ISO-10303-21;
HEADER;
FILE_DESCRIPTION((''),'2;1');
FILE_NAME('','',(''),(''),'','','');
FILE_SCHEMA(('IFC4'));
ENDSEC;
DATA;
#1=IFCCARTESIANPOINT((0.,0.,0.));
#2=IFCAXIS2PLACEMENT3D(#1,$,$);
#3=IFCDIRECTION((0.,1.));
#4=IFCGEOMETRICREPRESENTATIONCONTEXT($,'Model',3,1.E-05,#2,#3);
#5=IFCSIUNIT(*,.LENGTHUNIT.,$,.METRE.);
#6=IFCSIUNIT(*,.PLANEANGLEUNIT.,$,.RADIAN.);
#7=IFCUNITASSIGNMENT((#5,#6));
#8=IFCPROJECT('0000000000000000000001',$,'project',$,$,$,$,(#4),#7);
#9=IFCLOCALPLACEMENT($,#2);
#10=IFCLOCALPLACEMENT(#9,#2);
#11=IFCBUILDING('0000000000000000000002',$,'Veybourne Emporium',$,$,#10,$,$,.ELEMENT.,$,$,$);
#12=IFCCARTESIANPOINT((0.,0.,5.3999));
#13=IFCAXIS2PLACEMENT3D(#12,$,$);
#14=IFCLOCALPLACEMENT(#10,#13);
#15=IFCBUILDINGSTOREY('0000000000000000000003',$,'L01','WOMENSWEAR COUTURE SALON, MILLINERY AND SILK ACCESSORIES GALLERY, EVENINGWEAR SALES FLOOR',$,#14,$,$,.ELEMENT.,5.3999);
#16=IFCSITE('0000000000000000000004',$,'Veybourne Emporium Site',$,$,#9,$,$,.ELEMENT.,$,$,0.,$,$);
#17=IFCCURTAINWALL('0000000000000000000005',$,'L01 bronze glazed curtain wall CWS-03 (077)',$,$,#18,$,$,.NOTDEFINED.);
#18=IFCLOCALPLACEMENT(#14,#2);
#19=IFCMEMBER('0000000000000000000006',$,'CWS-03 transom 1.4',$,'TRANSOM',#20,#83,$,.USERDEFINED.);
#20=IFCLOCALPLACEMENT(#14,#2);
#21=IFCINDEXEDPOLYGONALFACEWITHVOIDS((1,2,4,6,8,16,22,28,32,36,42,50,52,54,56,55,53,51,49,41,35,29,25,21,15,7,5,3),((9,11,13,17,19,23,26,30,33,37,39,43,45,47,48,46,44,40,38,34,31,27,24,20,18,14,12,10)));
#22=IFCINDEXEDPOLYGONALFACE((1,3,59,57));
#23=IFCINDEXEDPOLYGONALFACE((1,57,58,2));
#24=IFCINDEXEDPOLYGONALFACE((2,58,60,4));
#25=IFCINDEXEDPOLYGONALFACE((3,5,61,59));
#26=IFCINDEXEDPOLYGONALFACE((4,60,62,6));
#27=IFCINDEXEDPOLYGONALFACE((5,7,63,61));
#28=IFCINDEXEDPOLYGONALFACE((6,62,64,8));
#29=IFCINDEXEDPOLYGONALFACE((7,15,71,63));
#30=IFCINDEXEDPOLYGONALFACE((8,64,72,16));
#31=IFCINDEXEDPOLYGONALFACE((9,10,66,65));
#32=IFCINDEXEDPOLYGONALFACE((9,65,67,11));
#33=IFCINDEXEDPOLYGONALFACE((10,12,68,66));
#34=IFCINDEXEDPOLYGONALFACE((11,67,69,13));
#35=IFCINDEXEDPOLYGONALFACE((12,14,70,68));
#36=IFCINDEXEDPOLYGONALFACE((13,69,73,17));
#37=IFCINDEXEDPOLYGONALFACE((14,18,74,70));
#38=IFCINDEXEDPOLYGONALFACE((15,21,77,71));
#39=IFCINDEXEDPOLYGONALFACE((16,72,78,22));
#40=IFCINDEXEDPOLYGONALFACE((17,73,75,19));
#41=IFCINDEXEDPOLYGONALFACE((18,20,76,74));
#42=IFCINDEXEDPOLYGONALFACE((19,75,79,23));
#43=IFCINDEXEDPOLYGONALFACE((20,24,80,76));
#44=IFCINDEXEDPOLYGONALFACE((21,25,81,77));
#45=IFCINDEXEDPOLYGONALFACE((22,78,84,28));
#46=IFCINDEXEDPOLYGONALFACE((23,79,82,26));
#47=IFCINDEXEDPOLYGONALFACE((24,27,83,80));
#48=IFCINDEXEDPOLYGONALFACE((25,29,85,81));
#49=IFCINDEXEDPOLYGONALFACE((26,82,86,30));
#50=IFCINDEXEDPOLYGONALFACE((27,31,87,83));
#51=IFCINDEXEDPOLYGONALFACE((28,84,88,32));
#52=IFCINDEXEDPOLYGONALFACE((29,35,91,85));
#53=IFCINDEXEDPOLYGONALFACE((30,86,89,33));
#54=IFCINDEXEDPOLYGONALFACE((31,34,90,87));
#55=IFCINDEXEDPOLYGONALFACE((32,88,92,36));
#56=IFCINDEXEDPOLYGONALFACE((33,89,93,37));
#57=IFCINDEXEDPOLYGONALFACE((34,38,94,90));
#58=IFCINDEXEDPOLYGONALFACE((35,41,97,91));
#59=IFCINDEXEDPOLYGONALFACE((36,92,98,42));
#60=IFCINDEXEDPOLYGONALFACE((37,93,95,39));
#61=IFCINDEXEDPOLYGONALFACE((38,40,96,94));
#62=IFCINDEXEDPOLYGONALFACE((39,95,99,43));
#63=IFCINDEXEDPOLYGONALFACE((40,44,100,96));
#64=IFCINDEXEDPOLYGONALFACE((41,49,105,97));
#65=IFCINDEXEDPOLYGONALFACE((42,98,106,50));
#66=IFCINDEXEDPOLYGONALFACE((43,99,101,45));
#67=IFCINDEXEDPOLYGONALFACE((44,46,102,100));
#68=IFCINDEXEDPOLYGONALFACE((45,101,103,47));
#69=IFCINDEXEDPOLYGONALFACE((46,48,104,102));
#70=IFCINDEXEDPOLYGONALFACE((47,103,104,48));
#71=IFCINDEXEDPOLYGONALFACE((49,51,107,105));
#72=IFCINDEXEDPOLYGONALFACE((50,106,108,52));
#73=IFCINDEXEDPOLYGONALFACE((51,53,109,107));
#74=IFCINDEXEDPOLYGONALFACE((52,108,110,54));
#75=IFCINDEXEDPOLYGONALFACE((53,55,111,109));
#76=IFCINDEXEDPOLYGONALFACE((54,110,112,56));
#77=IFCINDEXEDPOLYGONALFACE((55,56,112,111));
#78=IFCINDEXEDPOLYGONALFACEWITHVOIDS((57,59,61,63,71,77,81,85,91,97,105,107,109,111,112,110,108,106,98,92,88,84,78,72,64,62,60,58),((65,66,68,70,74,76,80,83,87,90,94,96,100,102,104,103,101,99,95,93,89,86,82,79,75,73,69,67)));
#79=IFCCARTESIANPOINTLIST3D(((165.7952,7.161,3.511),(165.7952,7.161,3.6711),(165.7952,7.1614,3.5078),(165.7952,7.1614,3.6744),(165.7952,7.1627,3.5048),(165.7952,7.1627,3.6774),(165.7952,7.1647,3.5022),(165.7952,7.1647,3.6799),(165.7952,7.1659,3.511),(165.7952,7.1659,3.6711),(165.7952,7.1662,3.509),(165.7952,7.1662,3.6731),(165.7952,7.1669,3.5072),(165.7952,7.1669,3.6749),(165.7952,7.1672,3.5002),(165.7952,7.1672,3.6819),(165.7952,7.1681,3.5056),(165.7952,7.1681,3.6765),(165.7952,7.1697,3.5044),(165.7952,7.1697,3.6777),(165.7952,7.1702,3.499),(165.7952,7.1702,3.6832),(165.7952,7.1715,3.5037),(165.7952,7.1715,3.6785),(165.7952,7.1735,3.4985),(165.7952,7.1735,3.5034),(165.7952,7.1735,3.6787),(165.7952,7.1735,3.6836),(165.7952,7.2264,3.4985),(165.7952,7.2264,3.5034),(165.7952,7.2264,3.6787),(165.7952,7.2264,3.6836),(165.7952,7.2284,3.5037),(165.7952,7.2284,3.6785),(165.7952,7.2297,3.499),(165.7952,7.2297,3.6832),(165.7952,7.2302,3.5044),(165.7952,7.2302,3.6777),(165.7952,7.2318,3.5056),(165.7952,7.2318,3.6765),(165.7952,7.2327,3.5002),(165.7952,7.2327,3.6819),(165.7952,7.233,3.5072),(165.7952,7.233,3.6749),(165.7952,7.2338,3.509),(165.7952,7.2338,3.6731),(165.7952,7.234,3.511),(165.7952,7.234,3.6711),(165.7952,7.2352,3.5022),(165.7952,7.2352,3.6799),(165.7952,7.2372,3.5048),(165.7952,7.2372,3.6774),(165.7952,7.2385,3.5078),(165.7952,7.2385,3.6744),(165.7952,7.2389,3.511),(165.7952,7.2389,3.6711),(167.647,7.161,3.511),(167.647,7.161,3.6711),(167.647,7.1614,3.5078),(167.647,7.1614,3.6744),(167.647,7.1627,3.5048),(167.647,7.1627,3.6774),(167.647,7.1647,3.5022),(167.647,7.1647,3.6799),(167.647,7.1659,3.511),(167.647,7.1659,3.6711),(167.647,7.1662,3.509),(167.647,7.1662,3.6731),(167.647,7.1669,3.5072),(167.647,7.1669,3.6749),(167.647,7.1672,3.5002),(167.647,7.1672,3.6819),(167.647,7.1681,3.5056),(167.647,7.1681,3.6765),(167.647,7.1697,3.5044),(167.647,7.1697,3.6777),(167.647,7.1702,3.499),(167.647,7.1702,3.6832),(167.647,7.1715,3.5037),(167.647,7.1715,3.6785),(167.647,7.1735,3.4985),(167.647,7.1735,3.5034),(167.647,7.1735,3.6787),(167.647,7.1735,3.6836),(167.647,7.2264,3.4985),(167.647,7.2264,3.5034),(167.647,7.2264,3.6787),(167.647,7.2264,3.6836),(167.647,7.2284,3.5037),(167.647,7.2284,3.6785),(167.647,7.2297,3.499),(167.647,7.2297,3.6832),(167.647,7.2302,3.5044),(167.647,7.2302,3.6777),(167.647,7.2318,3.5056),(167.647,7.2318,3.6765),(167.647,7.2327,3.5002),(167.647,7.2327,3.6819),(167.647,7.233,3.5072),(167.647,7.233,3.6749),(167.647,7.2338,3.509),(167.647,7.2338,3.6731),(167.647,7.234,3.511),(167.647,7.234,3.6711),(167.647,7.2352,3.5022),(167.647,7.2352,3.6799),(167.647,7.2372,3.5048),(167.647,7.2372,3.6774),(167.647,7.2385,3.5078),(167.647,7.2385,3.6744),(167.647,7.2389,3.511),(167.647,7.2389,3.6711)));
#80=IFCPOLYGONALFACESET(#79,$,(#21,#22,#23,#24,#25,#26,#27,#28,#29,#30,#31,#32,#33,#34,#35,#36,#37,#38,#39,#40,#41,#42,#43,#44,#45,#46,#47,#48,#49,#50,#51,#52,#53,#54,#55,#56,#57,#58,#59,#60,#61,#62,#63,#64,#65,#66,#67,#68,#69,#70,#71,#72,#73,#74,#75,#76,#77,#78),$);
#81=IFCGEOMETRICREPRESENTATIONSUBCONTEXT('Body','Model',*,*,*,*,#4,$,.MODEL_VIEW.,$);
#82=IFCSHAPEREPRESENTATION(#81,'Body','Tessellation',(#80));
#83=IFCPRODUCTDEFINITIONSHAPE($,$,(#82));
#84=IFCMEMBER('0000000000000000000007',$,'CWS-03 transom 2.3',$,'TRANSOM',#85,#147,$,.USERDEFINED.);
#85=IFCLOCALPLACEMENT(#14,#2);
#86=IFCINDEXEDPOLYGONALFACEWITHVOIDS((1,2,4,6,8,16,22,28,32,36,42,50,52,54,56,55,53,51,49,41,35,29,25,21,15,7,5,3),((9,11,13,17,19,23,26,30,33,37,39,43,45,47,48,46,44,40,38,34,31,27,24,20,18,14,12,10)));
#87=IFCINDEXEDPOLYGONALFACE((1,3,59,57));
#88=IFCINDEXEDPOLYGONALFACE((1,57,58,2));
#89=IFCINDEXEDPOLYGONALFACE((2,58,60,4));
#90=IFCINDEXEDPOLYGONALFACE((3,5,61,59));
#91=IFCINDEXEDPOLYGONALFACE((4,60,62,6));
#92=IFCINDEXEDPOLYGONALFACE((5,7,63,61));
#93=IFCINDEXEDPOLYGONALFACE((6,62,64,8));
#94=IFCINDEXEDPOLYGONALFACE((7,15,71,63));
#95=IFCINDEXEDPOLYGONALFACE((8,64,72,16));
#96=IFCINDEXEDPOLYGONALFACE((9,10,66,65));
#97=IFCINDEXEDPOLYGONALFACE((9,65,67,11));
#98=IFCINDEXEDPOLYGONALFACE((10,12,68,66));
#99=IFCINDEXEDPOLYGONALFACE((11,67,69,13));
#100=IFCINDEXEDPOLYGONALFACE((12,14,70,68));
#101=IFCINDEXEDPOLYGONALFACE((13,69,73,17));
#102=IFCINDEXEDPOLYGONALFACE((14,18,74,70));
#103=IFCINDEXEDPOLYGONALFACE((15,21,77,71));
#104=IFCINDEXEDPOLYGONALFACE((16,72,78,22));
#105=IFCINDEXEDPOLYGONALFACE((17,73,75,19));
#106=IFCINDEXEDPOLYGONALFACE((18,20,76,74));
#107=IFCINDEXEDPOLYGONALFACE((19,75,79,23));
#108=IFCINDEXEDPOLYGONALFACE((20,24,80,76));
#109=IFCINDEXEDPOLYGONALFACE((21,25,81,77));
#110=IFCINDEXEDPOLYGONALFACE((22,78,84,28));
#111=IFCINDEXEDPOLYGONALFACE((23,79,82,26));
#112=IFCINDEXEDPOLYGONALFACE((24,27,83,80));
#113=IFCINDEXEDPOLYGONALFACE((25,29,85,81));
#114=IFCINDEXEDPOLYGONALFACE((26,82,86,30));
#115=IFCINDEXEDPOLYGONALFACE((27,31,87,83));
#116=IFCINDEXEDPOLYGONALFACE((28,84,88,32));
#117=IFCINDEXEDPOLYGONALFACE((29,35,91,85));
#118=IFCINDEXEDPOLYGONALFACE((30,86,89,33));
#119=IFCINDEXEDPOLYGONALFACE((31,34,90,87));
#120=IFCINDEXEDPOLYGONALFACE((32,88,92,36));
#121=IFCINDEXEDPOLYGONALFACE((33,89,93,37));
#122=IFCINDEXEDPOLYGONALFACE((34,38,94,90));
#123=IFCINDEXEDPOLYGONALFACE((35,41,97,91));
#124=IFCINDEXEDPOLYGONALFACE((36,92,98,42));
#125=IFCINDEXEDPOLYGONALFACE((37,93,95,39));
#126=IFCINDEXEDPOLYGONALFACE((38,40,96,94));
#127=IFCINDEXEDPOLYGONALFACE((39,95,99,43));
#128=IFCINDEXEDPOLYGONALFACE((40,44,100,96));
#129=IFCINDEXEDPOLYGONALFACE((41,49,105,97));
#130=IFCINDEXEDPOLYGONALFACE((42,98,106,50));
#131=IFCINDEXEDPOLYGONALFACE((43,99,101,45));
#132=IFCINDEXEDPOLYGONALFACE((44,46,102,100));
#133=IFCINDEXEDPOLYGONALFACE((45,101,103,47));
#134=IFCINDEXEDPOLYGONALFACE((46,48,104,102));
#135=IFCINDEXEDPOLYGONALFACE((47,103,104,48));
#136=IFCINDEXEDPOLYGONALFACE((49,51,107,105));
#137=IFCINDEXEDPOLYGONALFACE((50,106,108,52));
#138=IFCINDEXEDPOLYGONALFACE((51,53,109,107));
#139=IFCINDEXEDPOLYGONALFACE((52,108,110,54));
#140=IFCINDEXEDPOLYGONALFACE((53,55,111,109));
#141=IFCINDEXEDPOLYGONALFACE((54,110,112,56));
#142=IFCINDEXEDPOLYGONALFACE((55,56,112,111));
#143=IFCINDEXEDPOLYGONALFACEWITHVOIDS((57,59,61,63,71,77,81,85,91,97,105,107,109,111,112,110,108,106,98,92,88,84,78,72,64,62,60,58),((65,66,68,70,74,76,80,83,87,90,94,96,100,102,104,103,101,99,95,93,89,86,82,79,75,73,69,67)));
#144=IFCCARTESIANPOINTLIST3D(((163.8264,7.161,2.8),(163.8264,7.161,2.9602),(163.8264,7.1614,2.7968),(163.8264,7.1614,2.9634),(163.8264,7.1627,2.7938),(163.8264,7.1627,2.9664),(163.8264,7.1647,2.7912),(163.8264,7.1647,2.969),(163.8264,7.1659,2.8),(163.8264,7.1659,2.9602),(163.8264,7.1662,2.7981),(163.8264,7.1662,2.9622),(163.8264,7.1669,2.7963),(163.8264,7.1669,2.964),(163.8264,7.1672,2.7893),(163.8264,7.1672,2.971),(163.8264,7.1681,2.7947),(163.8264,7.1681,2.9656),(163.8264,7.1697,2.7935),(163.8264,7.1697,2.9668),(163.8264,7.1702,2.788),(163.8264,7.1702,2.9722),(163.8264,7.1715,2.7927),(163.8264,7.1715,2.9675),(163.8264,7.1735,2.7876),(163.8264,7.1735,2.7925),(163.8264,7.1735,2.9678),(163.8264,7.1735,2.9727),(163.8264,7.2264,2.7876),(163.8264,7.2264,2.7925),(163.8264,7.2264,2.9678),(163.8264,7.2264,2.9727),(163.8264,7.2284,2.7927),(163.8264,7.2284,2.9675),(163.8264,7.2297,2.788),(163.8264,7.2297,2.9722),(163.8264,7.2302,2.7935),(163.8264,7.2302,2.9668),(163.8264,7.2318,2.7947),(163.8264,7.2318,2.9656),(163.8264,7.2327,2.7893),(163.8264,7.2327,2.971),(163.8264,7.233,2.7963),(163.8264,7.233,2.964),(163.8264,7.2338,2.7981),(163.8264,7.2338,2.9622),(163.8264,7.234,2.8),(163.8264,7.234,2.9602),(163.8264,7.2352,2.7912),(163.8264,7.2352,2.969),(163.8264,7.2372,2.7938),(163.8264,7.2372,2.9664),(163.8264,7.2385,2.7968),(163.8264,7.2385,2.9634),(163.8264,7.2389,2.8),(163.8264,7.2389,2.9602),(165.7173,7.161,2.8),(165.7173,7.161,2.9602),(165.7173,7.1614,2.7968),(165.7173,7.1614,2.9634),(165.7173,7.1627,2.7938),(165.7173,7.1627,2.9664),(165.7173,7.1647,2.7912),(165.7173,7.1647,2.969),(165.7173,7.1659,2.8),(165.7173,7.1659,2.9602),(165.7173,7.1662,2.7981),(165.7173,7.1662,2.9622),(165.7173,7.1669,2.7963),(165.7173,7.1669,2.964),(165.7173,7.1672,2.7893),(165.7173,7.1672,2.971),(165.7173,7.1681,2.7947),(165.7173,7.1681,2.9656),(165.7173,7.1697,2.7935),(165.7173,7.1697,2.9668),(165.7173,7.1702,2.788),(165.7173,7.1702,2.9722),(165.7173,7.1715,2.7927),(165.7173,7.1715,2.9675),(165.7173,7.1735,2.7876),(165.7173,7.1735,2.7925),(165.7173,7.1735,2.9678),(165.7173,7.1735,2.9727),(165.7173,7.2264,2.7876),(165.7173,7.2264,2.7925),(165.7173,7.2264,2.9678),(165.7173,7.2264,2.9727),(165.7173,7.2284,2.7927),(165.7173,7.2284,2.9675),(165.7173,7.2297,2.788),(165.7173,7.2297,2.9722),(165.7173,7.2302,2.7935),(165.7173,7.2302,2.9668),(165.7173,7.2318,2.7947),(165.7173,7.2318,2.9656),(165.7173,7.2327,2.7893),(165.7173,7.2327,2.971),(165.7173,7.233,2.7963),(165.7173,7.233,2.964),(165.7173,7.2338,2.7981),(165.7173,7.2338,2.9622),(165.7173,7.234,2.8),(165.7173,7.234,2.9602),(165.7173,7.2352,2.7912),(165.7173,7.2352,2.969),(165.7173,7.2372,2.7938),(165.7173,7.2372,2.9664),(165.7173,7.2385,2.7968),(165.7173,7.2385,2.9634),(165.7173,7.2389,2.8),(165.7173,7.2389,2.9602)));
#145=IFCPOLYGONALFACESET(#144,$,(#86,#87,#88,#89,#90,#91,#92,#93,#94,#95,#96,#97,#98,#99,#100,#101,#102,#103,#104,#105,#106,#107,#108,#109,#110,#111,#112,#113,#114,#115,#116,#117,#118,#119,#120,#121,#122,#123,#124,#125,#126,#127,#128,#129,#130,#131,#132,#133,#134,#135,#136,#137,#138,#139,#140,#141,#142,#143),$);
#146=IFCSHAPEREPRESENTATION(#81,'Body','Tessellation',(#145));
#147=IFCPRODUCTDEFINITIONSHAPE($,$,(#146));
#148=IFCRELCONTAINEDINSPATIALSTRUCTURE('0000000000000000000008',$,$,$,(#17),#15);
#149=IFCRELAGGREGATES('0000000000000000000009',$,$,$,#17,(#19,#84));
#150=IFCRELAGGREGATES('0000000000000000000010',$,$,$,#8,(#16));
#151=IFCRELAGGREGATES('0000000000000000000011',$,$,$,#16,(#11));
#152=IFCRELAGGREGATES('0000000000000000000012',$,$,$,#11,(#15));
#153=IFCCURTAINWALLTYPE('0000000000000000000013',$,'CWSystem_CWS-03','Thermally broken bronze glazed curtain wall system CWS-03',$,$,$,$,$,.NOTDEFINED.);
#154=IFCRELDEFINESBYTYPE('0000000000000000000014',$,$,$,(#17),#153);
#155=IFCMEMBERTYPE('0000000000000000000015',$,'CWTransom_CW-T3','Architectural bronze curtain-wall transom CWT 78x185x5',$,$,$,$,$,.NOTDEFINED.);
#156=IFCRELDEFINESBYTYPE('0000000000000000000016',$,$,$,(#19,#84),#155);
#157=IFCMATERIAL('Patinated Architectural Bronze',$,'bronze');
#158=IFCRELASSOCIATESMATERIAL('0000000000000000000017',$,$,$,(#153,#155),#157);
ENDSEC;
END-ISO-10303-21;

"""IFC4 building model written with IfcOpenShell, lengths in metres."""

from ifc_helpers import new_model, si_unit, direction, frame, origin, origin_2d, place, context, subcontext, project, spatial, hollow_rectangle, extrude, material, material_profile, profile_set, type_object, element, aggregate, save


model = new_model("IFC4")

# Units and contexts
model_context = context("Model", 3, precision=1e-05, world=origin(), true_north=direction((0.0, 1.0)))
body_context = subcontext(model_context, "Body", "Model", "MODEL_VIEW")
ifc_project = project(units=[si_unit("LENGTHUNIT", "METRE"), si_unit("PLANEANGLEUNIT", "RADIAN")], contexts=[model_context])

# Site, building, storey
site_placement = place(None, origin())
site = spatial("IfcSite", under=ifc_project, at=site_placement, Name="Veybourne Emporium Site", CompositionType="ELEMENT", RefElevation=0.0)
building_placement = place(site_placement, origin())
building = spatial("IfcBuilding", under=site, at=building_placement, Name="Veybourne Emporium", CompositionType="ELEMENT")
storey_placement = place(building_placement, frame((0.0, 0.0, 5.3999)))
storey = spatial("IfcBuildingStorey", under=building, at=storey_placement, Name="L01", Description="WOMENSWEAR COUTURE SALON, MILLINERY AND SILK ACCESSORIES GALLERY, EVENINGWEAR SALES FLOOR", CompositionType="ELEMENT", Elevation=5.3999)

# Curtain wall
ifc_material_1 = material(Name="Patinated Architectural Bronze", Category="bronze")
curtain_wall_type_1 = type_object("IfcCurtainWallType", Name="CWSystem_CWS-03", Description="Thermally broken bronze glazed curtain wall system CWS-03", PredefinedType="NOTDEFINED", material=ifc_material_1)
curtain_wall_1_placement = place(storey_placement, origin())
curtain_wall_1 = element("IfcCurtainWall", 1, at=curtain_wall_1_placement, inside=storey, type_object=curtain_wall_type_1, Name="L01 bronze glazed curtain wall CWS-03 (077)", PredefinedType="NOTDEFINED")

# Members
ifc_material_profile_1 = material_profile(ifc_material_1, hollow_rectangle(XDim=0.0779, YDim=0.1851, WallThickness=0.0049, InnerFilletRadius=0.0076, OuterFilletRadius=0.0125, at=origin_2d()), Name="CWT 78x185x5")
ifc_profile_set_1 = profile_set([ifc_material_profile_1], Name="Patinated Architectural Bronze")
member_type_1 = type_object("IfcMemberType", Name="CWTransom_CW-T3", Description="Architectural bronze curtain-wall transom CWT 78x185x5", PredefinedType="NOTDEFINED", material=ifc_profile_set_1)
member_1_placement = place(storey_placement, frame((167.647, 7.2, 3.5911), z_axis=(-1.0, 0.0, 0.0), x_axis=(0.0, -1.0, 0.0)))
member_1 = element("IfcMember", 2, at=member_1_placement, type_object=member_type_1, Name="CWS-03 transom 1.4", ObjectType="TRANSOM", PredefinedType="USERDEFINED", context=body_context, shape_type="SweptSolid", body=[
    extrude(hollow_rectangle(XDim=0.0779, YDim=0.1851, WallThickness=0.0049, InnerFilletRadius=0.0076, OuterFilletRadius=0.0125, at=origin_2d()), origin(), (0.0, 0.0, 1.0), 1.8518),
])
member_2_placement = place(storey_placement, frame((165.7173, 7.2, 2.8801), z_axis=(-1.0, 0.0, 0.0), x_axis=(0.0, -1.0, 0.0)))
member_2 = element("IfcMember", 3, at=member_2_placement, type_object=member_type_1, Name="CWS-03 transom 2.3", ObjectType="TRANSOM", PredefinedType="USERDEFINED", context=body_context, shape_type="SweptSolid", body=[
    extrude(hollow_rectangle(XDim=0.0779, YDim=0.1851, WallThickness=0.0049, InnerFilletRadius=0.0076, OuterFilletRadius=0.0125, at=origin_2d()), origin(), (0.0, 0.0, 1.0), 1.8909),
])

aggregate(curtain_wall_1, [member_1, member_2])

save(model, "model.ifc")
